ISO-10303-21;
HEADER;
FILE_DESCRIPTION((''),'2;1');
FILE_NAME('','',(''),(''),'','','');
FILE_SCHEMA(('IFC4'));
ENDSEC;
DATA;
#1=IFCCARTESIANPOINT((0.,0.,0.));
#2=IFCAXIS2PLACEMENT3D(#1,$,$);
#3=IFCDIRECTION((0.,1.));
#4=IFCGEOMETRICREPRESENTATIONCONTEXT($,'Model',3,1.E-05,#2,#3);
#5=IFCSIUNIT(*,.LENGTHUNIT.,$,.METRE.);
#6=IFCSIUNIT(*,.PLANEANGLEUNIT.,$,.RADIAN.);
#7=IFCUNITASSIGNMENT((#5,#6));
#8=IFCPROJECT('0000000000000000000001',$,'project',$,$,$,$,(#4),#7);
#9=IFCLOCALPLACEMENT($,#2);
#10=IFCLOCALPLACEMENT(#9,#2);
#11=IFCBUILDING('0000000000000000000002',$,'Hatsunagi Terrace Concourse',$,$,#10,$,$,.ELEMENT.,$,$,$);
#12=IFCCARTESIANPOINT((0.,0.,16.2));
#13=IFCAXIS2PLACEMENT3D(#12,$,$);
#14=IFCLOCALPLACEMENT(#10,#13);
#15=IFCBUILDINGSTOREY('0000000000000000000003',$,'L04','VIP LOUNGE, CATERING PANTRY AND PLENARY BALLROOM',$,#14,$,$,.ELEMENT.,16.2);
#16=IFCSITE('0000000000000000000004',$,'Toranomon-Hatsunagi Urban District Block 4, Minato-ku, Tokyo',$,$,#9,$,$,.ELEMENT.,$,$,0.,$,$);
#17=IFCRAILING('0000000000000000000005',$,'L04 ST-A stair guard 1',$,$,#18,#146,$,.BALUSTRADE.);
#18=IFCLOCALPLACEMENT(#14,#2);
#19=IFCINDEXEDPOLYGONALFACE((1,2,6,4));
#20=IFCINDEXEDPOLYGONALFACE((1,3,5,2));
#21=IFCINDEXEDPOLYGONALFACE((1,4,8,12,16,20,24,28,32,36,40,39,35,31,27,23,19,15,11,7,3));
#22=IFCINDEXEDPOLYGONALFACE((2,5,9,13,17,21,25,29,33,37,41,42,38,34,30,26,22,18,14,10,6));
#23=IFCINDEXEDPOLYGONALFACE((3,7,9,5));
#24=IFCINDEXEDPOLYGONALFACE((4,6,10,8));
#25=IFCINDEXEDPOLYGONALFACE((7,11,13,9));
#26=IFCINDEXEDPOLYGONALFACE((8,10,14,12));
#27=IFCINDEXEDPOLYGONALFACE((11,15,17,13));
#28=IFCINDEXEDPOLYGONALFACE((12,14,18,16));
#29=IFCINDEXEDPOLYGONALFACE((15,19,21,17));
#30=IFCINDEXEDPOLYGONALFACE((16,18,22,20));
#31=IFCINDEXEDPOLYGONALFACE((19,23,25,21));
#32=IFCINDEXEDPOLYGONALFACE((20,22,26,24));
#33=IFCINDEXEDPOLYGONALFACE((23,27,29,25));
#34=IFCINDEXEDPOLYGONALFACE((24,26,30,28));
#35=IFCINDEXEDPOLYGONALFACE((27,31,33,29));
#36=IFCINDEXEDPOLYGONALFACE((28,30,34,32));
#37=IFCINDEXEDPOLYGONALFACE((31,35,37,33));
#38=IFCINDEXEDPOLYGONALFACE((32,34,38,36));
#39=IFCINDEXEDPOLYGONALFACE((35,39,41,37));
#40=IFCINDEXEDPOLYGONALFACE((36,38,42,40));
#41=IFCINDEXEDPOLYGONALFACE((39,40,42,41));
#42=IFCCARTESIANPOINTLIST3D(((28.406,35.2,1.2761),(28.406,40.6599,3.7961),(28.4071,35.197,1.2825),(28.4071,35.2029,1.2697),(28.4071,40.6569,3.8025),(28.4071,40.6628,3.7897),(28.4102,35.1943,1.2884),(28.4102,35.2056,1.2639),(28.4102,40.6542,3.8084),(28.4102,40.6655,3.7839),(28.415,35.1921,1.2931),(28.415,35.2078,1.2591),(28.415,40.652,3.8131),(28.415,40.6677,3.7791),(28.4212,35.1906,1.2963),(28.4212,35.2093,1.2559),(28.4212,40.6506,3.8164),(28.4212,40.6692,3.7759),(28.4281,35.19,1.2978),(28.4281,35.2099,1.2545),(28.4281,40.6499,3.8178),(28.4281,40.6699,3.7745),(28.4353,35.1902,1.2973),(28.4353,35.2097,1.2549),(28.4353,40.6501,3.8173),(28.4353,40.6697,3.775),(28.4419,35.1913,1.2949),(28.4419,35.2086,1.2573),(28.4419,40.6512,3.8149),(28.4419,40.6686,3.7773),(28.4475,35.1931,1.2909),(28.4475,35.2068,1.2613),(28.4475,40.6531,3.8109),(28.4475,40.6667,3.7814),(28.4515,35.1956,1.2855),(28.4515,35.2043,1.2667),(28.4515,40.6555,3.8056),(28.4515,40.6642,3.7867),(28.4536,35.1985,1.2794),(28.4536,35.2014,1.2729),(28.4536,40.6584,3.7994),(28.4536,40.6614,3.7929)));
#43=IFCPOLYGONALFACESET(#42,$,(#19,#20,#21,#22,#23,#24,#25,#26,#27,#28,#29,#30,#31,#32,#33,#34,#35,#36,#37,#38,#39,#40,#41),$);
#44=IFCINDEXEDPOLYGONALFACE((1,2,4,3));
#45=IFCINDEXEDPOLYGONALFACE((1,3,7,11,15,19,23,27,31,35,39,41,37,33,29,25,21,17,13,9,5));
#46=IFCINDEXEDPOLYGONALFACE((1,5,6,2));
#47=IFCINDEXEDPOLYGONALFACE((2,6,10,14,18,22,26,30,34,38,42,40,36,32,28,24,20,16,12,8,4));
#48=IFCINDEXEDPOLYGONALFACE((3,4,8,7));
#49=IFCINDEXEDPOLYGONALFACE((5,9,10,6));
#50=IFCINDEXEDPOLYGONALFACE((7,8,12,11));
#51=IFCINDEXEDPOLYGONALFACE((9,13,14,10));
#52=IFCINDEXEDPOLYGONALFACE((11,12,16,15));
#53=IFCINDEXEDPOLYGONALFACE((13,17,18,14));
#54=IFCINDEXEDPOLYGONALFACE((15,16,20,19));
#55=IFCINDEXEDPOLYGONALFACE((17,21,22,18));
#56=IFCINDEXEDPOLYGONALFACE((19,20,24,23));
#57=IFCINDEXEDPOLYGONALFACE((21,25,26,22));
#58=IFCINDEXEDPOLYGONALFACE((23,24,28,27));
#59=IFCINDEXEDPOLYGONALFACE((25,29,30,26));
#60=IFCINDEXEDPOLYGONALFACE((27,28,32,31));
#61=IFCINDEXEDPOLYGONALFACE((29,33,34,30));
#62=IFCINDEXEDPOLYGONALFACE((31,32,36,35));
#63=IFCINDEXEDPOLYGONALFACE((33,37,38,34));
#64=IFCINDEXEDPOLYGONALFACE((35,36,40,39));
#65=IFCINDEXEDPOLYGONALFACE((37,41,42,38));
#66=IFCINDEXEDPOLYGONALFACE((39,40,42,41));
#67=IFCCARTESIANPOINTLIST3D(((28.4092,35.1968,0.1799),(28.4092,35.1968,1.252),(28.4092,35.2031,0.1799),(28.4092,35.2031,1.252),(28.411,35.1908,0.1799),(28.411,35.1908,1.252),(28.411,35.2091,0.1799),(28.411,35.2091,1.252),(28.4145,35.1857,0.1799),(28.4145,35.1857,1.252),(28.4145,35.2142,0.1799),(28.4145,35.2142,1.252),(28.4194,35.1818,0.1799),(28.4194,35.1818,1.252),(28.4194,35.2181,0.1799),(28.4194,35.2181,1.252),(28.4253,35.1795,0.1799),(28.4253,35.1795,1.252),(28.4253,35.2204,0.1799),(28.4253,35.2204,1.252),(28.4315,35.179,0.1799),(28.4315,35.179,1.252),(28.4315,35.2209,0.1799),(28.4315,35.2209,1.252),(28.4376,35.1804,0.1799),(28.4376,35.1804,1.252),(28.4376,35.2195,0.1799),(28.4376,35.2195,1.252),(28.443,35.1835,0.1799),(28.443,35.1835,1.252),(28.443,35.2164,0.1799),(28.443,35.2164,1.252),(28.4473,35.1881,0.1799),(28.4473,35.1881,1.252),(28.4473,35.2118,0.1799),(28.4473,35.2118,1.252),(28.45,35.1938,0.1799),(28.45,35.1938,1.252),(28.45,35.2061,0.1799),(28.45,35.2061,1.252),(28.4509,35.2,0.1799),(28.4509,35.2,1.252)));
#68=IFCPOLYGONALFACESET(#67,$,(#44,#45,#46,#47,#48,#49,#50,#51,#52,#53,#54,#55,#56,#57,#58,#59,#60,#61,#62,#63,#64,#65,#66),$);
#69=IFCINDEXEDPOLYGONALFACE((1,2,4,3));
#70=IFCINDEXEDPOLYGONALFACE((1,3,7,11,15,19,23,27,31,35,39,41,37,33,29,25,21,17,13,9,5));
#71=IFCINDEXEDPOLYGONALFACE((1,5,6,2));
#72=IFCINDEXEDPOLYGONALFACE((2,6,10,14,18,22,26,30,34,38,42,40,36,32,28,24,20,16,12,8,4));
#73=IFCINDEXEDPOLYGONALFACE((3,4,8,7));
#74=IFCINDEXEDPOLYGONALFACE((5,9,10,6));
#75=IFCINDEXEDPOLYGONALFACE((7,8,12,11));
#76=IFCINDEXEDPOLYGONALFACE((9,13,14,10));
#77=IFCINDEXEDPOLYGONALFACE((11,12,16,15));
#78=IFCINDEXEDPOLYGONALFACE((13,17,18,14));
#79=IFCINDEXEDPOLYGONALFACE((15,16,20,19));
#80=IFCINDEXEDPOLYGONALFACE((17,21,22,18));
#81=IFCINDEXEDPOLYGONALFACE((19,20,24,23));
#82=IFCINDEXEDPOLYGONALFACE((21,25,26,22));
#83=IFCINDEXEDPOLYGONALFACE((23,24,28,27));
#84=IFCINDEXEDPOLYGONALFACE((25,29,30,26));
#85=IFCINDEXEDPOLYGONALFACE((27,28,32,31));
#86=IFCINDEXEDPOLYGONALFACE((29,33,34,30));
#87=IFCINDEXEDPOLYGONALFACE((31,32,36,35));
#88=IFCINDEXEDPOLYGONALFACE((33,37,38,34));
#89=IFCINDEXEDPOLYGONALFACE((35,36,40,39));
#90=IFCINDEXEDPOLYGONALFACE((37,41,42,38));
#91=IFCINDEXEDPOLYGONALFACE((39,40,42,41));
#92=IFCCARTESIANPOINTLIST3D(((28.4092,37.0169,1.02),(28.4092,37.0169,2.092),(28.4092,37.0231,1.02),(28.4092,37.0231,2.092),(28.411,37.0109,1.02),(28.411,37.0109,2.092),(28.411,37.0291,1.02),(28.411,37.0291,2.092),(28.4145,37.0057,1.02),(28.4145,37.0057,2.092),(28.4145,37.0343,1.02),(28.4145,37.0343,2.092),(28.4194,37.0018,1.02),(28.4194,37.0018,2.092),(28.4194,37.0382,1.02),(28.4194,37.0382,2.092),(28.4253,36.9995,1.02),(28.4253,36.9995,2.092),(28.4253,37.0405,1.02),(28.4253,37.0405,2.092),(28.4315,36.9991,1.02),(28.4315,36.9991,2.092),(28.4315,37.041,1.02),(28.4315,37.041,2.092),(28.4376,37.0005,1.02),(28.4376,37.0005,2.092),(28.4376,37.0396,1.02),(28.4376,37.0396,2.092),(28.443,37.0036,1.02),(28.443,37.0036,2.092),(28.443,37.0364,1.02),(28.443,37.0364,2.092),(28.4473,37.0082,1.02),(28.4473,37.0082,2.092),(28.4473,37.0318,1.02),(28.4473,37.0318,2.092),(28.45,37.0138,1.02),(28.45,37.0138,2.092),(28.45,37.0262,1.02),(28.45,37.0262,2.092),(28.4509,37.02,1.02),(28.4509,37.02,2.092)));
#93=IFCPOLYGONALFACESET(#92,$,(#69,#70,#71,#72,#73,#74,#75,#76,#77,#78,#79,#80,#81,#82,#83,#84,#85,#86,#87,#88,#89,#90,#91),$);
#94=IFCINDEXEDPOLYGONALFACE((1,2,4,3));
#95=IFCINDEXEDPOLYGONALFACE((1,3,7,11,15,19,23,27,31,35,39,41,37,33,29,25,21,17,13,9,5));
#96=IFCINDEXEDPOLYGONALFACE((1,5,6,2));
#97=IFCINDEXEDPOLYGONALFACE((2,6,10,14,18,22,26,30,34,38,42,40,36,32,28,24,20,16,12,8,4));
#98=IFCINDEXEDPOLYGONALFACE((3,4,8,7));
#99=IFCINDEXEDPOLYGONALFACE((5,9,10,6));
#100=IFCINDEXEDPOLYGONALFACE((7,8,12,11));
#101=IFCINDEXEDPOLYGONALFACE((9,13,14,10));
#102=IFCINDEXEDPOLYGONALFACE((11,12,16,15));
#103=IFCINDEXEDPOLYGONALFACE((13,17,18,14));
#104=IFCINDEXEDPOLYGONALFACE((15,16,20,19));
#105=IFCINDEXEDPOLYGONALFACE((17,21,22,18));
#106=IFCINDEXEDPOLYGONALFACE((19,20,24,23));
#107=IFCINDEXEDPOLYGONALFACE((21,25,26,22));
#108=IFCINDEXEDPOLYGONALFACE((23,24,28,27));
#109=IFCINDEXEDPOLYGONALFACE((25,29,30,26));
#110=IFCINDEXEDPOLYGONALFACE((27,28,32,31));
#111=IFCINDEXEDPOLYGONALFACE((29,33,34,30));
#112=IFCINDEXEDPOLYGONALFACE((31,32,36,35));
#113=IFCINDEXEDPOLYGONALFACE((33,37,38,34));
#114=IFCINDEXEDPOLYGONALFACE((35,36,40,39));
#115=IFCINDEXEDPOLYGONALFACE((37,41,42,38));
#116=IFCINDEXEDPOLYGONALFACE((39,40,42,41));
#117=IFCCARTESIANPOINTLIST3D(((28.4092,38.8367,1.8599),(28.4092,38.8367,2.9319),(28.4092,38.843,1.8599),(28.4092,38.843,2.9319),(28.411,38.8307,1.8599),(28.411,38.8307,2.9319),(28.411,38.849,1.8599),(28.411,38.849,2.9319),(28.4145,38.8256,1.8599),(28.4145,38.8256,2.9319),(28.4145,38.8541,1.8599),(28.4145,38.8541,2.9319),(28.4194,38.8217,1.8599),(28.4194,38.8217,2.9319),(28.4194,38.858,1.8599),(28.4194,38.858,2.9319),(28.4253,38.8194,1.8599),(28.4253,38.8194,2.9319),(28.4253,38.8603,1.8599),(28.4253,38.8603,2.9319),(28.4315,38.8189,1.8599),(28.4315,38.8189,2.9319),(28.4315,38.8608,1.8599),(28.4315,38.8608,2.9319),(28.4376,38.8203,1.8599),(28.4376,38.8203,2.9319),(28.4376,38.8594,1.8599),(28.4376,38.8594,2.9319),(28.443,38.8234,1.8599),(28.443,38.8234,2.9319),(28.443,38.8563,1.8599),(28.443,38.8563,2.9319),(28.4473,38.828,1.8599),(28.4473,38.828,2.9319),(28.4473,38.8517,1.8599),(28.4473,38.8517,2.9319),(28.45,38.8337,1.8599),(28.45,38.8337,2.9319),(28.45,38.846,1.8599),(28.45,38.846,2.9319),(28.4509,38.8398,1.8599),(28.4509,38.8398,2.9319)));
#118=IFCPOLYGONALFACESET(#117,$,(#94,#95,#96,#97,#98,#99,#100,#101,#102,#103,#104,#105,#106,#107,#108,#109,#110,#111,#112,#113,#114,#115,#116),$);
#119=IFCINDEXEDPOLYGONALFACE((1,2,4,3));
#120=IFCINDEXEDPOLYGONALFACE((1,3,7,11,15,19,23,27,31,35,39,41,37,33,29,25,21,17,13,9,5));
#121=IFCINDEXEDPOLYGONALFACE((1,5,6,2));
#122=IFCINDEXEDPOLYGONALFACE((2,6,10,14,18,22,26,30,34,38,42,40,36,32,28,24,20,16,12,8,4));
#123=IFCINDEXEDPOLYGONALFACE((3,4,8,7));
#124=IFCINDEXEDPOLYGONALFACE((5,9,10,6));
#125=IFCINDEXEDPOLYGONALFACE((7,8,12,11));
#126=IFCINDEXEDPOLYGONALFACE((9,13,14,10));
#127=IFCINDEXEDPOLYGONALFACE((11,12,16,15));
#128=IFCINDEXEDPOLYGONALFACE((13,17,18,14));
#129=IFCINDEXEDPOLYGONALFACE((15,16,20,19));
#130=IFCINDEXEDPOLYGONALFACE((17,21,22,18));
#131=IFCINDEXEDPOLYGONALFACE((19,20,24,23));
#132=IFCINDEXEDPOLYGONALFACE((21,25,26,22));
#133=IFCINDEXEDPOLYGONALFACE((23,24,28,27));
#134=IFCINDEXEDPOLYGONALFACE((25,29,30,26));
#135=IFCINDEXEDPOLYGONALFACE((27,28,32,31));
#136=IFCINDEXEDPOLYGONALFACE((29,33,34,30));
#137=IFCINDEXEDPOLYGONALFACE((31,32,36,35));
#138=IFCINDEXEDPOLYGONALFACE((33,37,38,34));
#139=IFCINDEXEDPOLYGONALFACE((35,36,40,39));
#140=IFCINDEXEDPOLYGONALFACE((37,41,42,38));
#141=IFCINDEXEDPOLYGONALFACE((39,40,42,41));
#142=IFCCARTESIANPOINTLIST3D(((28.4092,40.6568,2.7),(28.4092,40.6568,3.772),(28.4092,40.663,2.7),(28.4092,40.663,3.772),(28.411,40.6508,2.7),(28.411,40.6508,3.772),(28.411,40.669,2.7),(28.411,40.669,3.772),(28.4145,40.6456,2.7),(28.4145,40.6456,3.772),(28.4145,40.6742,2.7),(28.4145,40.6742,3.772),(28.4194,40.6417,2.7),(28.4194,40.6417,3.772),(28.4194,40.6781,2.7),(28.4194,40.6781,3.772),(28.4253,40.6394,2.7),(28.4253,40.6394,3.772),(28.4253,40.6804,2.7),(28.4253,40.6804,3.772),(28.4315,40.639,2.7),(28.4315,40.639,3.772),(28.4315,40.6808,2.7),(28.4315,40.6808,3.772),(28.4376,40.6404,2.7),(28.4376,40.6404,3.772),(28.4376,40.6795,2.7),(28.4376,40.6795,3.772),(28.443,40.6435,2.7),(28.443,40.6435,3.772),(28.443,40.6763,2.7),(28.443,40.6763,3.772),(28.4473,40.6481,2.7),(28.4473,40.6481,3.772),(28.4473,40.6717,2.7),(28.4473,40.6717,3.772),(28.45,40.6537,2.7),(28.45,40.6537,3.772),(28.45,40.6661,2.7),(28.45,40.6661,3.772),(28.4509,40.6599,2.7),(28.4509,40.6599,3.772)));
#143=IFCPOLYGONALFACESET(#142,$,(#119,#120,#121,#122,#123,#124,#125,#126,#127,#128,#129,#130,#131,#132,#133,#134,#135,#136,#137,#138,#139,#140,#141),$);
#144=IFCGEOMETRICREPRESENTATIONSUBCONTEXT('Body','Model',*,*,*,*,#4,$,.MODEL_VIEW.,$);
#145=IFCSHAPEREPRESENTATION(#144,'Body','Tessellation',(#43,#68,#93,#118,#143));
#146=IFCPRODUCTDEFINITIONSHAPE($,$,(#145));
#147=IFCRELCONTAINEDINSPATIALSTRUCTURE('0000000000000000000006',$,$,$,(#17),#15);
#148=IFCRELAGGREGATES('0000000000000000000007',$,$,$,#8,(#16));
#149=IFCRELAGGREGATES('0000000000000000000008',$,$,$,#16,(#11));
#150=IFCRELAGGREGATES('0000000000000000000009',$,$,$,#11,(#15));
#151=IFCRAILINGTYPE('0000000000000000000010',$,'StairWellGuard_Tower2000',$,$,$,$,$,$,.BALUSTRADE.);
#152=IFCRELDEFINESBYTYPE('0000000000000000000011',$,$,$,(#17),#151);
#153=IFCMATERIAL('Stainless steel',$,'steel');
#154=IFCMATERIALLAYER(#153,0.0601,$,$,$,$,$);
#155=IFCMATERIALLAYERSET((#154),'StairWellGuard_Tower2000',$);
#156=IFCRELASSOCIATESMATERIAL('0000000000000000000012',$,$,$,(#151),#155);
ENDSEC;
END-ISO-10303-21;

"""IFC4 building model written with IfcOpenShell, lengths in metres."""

from ifc_helpers import new_model, si_unit, direction, frame, origin, origin_2d, place, context, subcontext, project, spatial, circle, extrude, material, layer, layer_set, type_object, element, save


model = new_model("IFC4")

# Units and contexts
model_context = context("Model", 3, precision=1e-05, world=origin(), true_north=direction((0.0, 1.0)))
body_context = subcontext(model_context, "Body", "Model", "MODEL_VIEW")
ifc_project = project(units=[si_unit("LENGTHUNIT", "METRE"), si_unit("PLANEANGLEUNIT", "RADIAN")], contexts=[model_context])

# Site, building, storey
site_placement = place(None, origin())
site = spatial("IfcSite", under=ifc_project, at=site_placement, Name="Toranomon-Hatsunagi Urban District Block 4, Minato-ku, Tokyo", CompositionType="ELEMENT", RefElevation=0.0)
building_placement = place(site_placement, origin())
building = spatial("IfcBuilding", under=site, at=building_placement, Name="Hatsunagi Terrace Concourse", CompositionType="ELEMENT")
storey_placement = place(building_placement, frame((0.0, 0.0, 16.2)))
storey = spatial("IfcBuildingStorey", under=building, at=storey_placement, Name="L04", Description="VIP LOUNGE, CATERING PANTRY AND PLENARY BALLROOM", CompositionType="ELEMENT", Elevation=16.2)

# Railing
ifc_material_1 = material(Name="Stainless steel", Category="steel")
ifc_layer_1 = layer(ifc_material_1, 0.0601)
ifc_layer_set_1 = layer_set([ifc_layer_1], Name="StairWellGuard_Tower2000")
railing_type_1 = type_object("IfcRailingType", Name="StairWellGuard_Tower2000", PredefinedType="BALUSTRADE", material=ifc_layer_set_1)
railing_1_placement = place(storey_placement, frame((28.4299, 35.2, 0.1799)))
element("IfcRailing", 1, at=railing_1_placement, inside=storey, type_object=railing_type_1, Name="L04 ST-A stair guard 1", PredefinedType="BALUSTRADE", context=body_context, shape_type="SweptSolid", body=[
    extrude(circle(Radius=0.0239, at=origin_2d()), frame((0.0, 0.0, 1.0962), z_axis=(0.0, 0.907957, 0.419063), x_axis=(-1.0, 0.0, 0.0)), (0.0, 0.0, 1.0), 6.0134),
    extrude(circle(Radius=0.021, at=origin_2d()), origin(), (0.0, 0.0, 1.0), 1.072),
    extrude(circle(Radius=0.021, at=origin_2d()), frame((0.0, 1.8201, 0.8401)), (0.0, 0.0, 1.0), 1.072),
    extrude(circle(Radius=0.021, at=origin_2d()), frame((0.0, 3.6399, 1.6799)), (0.0, 0.0, 1.0), 1.072),
    extrude(circle(Radius=0.021, at=origin_2d()), frame((0.0, 5.46, 2.52)), (0.0, 0.0, 1.0), 1.072),
])

save(model, "model.ifc")
